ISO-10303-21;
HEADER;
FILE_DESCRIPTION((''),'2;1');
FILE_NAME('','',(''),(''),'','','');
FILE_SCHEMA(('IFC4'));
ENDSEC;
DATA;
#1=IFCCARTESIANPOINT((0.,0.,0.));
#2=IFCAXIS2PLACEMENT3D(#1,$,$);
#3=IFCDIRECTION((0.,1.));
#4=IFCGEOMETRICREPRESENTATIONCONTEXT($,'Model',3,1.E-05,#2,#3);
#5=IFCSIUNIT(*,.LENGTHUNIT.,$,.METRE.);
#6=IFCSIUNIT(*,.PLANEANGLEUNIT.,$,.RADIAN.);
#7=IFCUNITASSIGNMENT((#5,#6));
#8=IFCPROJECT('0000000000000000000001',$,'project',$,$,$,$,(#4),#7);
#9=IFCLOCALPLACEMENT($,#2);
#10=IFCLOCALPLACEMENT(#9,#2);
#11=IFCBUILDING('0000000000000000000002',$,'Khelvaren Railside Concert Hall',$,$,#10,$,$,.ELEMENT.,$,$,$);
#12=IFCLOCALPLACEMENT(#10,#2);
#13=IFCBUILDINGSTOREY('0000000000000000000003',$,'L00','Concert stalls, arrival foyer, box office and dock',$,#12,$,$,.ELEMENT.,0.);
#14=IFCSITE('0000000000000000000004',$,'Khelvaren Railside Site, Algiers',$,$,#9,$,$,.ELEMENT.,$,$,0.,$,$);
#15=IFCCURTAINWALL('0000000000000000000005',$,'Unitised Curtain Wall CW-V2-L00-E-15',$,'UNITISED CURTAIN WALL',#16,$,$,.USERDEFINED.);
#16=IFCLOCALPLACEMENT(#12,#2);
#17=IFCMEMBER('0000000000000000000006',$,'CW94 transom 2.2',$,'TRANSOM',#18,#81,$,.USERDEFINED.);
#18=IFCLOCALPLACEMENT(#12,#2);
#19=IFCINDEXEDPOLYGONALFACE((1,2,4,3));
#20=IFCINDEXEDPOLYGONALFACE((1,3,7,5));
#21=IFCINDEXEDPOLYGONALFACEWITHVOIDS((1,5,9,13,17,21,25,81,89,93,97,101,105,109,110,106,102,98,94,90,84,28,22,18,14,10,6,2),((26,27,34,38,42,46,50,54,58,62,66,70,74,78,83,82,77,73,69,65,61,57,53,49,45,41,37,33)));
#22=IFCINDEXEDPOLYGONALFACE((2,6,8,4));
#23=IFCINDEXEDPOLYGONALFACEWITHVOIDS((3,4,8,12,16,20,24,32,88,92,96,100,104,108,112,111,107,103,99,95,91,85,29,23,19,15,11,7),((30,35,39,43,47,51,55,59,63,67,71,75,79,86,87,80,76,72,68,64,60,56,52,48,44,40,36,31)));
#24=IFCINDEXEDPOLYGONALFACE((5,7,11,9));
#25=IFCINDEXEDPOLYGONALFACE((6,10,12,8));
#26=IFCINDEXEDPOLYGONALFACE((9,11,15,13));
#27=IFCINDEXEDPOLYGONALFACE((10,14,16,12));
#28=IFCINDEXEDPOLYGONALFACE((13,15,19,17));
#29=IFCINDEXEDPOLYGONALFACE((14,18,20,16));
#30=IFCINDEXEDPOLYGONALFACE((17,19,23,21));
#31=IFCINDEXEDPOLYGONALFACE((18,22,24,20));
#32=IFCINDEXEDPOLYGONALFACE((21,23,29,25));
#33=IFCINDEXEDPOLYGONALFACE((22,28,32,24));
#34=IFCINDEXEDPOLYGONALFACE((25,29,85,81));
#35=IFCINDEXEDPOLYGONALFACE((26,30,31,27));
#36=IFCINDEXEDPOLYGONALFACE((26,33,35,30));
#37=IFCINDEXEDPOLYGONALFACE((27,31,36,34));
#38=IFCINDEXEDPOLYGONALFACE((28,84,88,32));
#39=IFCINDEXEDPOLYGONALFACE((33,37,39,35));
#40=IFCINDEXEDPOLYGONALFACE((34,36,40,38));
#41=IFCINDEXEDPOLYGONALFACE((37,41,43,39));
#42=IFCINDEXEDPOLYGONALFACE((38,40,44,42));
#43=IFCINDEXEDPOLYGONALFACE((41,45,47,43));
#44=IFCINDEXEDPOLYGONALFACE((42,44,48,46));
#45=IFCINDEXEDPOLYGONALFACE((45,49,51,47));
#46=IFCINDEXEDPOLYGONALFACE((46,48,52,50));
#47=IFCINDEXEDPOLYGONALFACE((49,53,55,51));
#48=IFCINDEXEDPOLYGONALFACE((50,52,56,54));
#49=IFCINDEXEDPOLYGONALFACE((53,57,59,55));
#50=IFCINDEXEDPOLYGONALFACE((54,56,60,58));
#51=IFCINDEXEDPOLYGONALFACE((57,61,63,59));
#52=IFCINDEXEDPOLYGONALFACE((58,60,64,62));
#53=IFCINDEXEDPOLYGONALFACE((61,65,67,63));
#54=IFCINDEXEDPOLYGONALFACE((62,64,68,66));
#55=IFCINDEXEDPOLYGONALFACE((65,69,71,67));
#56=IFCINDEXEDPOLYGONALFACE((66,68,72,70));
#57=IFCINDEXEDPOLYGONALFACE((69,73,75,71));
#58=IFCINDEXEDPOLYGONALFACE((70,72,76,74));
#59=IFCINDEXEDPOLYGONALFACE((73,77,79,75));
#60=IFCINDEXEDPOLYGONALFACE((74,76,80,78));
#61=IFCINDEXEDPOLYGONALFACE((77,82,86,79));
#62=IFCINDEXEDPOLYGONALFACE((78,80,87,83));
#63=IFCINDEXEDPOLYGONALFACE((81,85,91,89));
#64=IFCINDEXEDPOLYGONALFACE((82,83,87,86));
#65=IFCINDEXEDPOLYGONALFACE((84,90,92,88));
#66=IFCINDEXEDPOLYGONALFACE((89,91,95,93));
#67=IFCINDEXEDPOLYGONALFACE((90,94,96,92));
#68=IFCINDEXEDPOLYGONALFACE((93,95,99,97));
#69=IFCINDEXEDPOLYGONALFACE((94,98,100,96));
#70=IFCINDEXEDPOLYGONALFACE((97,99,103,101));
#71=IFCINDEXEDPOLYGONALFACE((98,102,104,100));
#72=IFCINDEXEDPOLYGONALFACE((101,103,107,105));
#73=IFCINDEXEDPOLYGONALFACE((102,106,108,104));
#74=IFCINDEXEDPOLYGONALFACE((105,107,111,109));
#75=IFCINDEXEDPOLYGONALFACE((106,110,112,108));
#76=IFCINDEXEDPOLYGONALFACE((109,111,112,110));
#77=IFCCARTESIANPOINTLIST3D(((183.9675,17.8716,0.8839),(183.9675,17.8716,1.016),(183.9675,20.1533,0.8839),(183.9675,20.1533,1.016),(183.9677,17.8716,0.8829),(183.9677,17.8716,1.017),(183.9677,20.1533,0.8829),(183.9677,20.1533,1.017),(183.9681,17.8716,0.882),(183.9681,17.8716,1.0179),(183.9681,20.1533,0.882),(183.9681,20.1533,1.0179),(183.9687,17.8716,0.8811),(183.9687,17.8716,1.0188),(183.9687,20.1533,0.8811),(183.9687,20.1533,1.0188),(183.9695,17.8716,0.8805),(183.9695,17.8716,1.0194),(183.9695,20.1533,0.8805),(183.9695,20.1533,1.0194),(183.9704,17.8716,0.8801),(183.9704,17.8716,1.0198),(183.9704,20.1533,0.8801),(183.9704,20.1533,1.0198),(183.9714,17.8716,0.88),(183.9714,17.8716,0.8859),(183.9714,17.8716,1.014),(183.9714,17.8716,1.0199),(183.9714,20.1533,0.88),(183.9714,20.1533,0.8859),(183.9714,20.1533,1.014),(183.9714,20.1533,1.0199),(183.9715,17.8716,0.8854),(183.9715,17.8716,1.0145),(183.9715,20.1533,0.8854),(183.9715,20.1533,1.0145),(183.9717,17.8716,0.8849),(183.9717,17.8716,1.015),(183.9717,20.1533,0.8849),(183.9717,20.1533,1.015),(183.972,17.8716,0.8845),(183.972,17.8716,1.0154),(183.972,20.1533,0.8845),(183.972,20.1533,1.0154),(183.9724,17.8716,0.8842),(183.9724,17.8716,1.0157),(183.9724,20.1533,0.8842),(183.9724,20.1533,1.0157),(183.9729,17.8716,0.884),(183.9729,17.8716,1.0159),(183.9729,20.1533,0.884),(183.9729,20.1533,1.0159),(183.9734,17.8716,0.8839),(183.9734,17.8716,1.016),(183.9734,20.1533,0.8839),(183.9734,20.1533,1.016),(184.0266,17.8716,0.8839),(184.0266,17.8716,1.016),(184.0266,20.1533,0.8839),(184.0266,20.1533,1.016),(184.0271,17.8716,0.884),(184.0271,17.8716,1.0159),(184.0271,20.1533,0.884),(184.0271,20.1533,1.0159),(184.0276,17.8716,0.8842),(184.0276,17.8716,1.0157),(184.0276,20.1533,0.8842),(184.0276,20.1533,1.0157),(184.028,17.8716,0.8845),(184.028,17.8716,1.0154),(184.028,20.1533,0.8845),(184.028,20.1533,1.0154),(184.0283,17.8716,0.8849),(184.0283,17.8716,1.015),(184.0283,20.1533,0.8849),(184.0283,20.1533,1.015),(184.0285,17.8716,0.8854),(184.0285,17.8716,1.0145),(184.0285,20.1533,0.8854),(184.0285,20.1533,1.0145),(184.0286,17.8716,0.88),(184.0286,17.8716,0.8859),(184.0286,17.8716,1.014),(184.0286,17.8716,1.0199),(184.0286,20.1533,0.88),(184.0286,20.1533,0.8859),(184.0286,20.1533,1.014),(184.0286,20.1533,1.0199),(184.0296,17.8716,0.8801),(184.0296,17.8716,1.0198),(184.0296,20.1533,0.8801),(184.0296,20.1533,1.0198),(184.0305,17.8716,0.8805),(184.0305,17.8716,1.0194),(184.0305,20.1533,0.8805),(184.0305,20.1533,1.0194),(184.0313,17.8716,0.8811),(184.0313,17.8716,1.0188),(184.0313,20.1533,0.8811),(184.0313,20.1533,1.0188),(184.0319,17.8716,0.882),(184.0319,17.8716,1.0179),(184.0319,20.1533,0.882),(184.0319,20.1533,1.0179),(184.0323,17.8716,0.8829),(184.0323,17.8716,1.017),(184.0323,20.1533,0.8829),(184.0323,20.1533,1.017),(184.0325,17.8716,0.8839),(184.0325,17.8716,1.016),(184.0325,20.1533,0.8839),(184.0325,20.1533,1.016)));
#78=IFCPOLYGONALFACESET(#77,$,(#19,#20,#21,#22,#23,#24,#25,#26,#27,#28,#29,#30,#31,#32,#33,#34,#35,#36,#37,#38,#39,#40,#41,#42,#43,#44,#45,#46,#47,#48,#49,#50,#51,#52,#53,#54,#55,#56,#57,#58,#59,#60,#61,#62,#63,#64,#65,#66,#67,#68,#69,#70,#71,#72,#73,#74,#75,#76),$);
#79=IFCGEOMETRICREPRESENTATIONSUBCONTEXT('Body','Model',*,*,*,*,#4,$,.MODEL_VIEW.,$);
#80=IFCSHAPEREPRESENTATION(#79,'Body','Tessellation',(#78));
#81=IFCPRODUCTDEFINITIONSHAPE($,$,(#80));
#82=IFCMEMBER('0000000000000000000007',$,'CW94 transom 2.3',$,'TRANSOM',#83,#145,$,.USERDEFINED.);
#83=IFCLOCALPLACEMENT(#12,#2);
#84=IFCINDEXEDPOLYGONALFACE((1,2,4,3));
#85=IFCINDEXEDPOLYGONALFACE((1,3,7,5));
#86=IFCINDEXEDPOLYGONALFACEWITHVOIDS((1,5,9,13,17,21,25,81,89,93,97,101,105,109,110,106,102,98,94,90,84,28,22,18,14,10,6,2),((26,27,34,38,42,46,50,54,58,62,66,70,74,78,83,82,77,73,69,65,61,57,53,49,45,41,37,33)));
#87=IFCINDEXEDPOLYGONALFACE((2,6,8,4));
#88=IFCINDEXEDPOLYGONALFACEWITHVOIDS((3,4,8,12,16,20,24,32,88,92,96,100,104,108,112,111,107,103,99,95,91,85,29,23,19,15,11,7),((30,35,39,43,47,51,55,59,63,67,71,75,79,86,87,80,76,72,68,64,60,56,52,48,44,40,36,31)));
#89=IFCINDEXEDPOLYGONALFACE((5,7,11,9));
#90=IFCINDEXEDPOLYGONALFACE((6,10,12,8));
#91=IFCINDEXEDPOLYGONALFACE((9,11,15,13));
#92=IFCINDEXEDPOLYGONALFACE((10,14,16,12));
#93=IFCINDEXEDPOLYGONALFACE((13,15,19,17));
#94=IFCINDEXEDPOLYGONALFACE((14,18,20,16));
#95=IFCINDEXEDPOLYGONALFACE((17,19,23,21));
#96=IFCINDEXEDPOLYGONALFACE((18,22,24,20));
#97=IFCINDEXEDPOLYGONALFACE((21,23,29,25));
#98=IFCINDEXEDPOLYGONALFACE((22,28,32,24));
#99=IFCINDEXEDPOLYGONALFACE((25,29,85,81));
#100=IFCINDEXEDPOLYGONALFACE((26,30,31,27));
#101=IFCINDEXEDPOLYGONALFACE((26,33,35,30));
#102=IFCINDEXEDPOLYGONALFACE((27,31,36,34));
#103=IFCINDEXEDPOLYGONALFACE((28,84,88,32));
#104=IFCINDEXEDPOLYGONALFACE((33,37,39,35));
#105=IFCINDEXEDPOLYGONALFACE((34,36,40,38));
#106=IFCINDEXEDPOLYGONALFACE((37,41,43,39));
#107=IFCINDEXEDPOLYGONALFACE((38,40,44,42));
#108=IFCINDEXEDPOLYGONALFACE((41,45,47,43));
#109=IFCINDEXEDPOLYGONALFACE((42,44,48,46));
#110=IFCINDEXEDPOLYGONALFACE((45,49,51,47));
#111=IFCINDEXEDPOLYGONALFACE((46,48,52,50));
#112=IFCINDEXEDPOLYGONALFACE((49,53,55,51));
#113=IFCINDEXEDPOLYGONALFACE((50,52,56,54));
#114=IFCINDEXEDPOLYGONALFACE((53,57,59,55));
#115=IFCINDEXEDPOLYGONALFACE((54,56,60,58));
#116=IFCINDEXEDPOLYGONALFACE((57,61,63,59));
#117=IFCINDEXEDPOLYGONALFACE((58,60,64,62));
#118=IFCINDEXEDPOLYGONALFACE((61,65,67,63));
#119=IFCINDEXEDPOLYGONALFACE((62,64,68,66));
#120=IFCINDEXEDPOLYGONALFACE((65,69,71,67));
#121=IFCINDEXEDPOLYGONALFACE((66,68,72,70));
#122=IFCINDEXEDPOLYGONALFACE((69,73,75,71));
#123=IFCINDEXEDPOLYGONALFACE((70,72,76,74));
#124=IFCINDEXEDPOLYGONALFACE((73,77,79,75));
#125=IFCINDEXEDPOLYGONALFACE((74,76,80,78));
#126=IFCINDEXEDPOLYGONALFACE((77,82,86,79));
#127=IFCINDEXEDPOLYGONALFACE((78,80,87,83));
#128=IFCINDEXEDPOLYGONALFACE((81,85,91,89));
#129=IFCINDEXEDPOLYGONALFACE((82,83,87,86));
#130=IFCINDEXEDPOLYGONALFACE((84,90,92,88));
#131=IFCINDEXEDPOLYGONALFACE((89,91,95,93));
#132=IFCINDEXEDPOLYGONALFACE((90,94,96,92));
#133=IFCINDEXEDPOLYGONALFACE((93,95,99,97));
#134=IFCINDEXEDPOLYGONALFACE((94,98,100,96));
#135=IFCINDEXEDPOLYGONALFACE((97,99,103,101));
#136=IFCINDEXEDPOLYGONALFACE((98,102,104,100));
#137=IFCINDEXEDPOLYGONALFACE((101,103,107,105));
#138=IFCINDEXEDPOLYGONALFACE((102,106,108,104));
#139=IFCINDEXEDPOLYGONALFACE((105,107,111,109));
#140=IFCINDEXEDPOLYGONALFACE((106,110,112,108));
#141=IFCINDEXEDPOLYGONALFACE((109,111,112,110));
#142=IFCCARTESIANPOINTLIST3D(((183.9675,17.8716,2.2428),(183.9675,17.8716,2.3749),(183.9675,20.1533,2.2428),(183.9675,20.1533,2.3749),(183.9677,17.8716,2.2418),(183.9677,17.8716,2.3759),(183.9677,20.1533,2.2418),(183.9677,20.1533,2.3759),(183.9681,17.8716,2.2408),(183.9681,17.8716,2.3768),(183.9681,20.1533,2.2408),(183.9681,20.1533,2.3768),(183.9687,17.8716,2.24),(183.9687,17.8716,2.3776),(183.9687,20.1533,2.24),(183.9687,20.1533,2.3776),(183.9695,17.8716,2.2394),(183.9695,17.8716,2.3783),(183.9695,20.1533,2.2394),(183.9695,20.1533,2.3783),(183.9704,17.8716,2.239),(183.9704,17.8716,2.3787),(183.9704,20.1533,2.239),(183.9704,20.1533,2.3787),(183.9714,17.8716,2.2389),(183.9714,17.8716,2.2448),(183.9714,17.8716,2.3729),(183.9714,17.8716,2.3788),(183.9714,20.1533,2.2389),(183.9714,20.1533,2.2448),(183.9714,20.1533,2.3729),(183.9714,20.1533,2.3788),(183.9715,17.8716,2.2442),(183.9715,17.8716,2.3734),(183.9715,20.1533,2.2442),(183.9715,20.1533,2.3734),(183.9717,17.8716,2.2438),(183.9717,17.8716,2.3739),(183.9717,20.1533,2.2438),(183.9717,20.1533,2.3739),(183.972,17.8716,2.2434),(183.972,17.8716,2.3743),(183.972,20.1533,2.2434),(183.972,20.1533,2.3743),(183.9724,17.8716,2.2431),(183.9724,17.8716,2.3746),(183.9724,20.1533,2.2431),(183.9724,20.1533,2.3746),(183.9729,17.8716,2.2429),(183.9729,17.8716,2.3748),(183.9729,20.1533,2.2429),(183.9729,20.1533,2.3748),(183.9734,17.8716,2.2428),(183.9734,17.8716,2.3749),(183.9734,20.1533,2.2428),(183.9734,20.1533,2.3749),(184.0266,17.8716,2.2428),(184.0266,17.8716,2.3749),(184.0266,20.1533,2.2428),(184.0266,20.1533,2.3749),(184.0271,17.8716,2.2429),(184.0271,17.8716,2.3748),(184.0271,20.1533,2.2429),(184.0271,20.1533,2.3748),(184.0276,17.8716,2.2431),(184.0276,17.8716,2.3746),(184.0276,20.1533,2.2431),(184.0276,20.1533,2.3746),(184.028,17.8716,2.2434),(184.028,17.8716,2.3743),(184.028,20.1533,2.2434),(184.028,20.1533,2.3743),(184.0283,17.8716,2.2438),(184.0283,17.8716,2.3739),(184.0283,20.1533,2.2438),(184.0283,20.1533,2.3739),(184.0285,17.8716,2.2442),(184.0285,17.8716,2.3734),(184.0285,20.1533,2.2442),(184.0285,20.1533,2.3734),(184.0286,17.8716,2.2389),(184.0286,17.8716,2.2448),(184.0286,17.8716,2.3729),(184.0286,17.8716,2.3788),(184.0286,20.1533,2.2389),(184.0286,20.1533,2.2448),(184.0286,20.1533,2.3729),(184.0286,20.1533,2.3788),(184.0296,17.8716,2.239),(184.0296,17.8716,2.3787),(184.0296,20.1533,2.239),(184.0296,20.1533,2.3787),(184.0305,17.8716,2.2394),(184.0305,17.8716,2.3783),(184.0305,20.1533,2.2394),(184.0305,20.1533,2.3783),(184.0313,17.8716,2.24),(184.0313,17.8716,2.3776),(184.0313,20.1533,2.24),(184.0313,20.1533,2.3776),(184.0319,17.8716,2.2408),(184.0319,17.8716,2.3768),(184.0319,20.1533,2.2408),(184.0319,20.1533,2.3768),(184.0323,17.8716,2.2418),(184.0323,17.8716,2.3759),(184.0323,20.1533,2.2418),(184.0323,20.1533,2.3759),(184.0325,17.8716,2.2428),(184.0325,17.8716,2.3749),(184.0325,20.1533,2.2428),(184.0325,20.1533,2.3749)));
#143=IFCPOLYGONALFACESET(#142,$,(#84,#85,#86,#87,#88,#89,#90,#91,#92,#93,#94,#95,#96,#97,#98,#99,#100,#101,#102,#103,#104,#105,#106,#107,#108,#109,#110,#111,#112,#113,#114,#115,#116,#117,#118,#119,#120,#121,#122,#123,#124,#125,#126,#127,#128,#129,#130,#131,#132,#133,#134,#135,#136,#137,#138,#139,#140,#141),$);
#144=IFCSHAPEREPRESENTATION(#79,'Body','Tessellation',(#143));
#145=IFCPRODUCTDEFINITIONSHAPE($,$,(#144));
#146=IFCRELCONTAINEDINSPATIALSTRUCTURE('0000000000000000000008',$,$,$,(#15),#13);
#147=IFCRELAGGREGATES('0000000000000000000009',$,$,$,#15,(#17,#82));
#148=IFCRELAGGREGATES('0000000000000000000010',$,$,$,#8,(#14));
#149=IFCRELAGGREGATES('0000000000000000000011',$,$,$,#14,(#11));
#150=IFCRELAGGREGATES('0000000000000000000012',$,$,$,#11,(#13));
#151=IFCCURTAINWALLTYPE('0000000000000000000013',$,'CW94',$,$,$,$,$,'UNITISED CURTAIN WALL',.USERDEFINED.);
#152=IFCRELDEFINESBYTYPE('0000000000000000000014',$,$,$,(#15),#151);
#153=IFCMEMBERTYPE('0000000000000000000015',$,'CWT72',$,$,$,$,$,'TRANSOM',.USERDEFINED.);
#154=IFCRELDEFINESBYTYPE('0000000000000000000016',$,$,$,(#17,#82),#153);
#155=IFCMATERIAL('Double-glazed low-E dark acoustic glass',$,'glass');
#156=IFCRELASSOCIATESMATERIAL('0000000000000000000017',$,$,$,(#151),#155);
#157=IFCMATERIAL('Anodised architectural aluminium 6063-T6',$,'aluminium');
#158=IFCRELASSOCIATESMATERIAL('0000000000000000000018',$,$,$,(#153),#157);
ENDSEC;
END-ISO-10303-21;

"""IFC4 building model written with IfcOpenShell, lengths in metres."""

from ifc_helpers import new_model, si_unit, direction, frame, origin, origin_2d, place, context, subcontext, project, spatial, hollow_rectangle, extrude, material, material_profile, profile_set, type_object, element, aggregate, save


model = new_model("IFC4")

# Units and contexts
model_context = context("Model", 3, precision=1e-05, world=origin(), true_north=direction((0.0, 1.0)))
body_context = subcontext(model_context, "Body", "Model", "MODEL_VIEW")
ifc_project = project(units=[si_unit("LENGTHUNIT", "METRE"), si_unit("PLANEANGLEUNIT", "RADIAN")], contexts=[model_context])

# Site, building, storey
site_placement = place(None, origin())
site = spatial("IfcSite", under=ifc_project, at=site_placement, Name="Khelvaren Railside Site, Algiers", CompositionType="ELEMENT", RefElevation=0.0)
building_placement = place(site_placement, origin())
building = spatial("IfcBuilding", under=site, at=building_placement, Name="Khelvaren Railside Concert Hall", CompositionType="ELEMENT")
storey_placement = place(building_placement, origin())
storey = spatial("IfcBuildingStorey", under=building, at=storey_placement, Name="L00", Description="Concert stalls, arrival foyer, box office and dock", CompositionType="ELEMENT", Elevation=0.0)

# Curtain wall
ifc_material_1 = material(Name="Double-glazed low-E dark acoustic glass", Category="glass")
curtain_wall_type_1 = type_object("IfcCurtainWallType", Name="CW94", ElementType="UNITISED CURTAIN WALL", PredefinedType="USERDEFINED", material=ifc_material_1)
curtain_wall_1_placement = place(storey_placement, origin())
curtain_wall_1 = element("IfcCurtainWall", 1, at=curtain_wall_1_placement, inside=storey, type_object=curtain_wall_type_1, Name="Unitised Curtain Wall CW-V2-L00-E-15", ObjectType="UNITISED CURTAIN WALL", PredefinedType="USERDEFINED")
ifc_material_2 = material(Name="Anodised architectural aluminium 6063-T6", Category="aluminium")

# Members
ifc_material_profile_1 = material_profile(ifc_material_2, hollow_rectangle(XDim=0.0649, YDim=0.1399, WallThickness=0.0039, InnerFilletRadius=0.002, OuterFilletRadius=0.0039, at=origin_2d()), Name="CWT 65x140x4")
ifc_profile_set_1 = profile_set([ifc_material_profile_1], Name="Anodised architectural aluminium 6063-T6")
member_type_1 = type_object("IfcMemberType", Name="CWT72", ElementType="TRANSOM", PredefinedType="USERDEFINED", material=ifc_profile_set_1)
member_1_placement = place(storey_placement, frame((184.0, 20.1533, 0.95), z_axis=(0.0, -1.0, 0.0), x_axis=(1.0, 0.0, 0.0)))
member_1 = element("IfcMember", 2, at=member_1_placement, type_object=member_type_1, Name="CW94 transom 2.2", ObjectType="TRANSOM", PredefinedType="USERDEFINED", context=body_context, shape_type="SweptSolid", body=[
    extrude(hollow_rectangle(XDim=0.0649, YDim=0.1399, WallThickness=0.0039, InnerFilletRadius=0.002, OuterFilletRadius=0.0039, at=origin_2d()), origin(), (0.0, 0.0, 1.0), 2.2817),
])
member_2_placement = place(storey_placement, frame((184.0, 20.1533, 2.3088), z_axis=(0.0, -1.0, 0.0), x_axis=(1.0, 0.0, 0.0)))
member_2 = element("IfcMember", 3, at=member_2_placement, type_object=member_type_1, Name="CW94 transom 2.3", ObjectType="TRANSOM", PredefinedType="USERDEFINED", context=body_context, shape_type="SweptSolid", body=[
    extrude(hollow_rectangle(XDim=0.0649, YDim=0.1399, WallThickness=0.0039, InnerFilletRadius=0.002, OuterFilletRadius=0.0039, at=origin_2d()), origin(), (0.0, 0.0, 1.0), 2.2817),
])

aggregate(curtain_wall_1, [member_1, member_2])

save(model, "model.ifc")
